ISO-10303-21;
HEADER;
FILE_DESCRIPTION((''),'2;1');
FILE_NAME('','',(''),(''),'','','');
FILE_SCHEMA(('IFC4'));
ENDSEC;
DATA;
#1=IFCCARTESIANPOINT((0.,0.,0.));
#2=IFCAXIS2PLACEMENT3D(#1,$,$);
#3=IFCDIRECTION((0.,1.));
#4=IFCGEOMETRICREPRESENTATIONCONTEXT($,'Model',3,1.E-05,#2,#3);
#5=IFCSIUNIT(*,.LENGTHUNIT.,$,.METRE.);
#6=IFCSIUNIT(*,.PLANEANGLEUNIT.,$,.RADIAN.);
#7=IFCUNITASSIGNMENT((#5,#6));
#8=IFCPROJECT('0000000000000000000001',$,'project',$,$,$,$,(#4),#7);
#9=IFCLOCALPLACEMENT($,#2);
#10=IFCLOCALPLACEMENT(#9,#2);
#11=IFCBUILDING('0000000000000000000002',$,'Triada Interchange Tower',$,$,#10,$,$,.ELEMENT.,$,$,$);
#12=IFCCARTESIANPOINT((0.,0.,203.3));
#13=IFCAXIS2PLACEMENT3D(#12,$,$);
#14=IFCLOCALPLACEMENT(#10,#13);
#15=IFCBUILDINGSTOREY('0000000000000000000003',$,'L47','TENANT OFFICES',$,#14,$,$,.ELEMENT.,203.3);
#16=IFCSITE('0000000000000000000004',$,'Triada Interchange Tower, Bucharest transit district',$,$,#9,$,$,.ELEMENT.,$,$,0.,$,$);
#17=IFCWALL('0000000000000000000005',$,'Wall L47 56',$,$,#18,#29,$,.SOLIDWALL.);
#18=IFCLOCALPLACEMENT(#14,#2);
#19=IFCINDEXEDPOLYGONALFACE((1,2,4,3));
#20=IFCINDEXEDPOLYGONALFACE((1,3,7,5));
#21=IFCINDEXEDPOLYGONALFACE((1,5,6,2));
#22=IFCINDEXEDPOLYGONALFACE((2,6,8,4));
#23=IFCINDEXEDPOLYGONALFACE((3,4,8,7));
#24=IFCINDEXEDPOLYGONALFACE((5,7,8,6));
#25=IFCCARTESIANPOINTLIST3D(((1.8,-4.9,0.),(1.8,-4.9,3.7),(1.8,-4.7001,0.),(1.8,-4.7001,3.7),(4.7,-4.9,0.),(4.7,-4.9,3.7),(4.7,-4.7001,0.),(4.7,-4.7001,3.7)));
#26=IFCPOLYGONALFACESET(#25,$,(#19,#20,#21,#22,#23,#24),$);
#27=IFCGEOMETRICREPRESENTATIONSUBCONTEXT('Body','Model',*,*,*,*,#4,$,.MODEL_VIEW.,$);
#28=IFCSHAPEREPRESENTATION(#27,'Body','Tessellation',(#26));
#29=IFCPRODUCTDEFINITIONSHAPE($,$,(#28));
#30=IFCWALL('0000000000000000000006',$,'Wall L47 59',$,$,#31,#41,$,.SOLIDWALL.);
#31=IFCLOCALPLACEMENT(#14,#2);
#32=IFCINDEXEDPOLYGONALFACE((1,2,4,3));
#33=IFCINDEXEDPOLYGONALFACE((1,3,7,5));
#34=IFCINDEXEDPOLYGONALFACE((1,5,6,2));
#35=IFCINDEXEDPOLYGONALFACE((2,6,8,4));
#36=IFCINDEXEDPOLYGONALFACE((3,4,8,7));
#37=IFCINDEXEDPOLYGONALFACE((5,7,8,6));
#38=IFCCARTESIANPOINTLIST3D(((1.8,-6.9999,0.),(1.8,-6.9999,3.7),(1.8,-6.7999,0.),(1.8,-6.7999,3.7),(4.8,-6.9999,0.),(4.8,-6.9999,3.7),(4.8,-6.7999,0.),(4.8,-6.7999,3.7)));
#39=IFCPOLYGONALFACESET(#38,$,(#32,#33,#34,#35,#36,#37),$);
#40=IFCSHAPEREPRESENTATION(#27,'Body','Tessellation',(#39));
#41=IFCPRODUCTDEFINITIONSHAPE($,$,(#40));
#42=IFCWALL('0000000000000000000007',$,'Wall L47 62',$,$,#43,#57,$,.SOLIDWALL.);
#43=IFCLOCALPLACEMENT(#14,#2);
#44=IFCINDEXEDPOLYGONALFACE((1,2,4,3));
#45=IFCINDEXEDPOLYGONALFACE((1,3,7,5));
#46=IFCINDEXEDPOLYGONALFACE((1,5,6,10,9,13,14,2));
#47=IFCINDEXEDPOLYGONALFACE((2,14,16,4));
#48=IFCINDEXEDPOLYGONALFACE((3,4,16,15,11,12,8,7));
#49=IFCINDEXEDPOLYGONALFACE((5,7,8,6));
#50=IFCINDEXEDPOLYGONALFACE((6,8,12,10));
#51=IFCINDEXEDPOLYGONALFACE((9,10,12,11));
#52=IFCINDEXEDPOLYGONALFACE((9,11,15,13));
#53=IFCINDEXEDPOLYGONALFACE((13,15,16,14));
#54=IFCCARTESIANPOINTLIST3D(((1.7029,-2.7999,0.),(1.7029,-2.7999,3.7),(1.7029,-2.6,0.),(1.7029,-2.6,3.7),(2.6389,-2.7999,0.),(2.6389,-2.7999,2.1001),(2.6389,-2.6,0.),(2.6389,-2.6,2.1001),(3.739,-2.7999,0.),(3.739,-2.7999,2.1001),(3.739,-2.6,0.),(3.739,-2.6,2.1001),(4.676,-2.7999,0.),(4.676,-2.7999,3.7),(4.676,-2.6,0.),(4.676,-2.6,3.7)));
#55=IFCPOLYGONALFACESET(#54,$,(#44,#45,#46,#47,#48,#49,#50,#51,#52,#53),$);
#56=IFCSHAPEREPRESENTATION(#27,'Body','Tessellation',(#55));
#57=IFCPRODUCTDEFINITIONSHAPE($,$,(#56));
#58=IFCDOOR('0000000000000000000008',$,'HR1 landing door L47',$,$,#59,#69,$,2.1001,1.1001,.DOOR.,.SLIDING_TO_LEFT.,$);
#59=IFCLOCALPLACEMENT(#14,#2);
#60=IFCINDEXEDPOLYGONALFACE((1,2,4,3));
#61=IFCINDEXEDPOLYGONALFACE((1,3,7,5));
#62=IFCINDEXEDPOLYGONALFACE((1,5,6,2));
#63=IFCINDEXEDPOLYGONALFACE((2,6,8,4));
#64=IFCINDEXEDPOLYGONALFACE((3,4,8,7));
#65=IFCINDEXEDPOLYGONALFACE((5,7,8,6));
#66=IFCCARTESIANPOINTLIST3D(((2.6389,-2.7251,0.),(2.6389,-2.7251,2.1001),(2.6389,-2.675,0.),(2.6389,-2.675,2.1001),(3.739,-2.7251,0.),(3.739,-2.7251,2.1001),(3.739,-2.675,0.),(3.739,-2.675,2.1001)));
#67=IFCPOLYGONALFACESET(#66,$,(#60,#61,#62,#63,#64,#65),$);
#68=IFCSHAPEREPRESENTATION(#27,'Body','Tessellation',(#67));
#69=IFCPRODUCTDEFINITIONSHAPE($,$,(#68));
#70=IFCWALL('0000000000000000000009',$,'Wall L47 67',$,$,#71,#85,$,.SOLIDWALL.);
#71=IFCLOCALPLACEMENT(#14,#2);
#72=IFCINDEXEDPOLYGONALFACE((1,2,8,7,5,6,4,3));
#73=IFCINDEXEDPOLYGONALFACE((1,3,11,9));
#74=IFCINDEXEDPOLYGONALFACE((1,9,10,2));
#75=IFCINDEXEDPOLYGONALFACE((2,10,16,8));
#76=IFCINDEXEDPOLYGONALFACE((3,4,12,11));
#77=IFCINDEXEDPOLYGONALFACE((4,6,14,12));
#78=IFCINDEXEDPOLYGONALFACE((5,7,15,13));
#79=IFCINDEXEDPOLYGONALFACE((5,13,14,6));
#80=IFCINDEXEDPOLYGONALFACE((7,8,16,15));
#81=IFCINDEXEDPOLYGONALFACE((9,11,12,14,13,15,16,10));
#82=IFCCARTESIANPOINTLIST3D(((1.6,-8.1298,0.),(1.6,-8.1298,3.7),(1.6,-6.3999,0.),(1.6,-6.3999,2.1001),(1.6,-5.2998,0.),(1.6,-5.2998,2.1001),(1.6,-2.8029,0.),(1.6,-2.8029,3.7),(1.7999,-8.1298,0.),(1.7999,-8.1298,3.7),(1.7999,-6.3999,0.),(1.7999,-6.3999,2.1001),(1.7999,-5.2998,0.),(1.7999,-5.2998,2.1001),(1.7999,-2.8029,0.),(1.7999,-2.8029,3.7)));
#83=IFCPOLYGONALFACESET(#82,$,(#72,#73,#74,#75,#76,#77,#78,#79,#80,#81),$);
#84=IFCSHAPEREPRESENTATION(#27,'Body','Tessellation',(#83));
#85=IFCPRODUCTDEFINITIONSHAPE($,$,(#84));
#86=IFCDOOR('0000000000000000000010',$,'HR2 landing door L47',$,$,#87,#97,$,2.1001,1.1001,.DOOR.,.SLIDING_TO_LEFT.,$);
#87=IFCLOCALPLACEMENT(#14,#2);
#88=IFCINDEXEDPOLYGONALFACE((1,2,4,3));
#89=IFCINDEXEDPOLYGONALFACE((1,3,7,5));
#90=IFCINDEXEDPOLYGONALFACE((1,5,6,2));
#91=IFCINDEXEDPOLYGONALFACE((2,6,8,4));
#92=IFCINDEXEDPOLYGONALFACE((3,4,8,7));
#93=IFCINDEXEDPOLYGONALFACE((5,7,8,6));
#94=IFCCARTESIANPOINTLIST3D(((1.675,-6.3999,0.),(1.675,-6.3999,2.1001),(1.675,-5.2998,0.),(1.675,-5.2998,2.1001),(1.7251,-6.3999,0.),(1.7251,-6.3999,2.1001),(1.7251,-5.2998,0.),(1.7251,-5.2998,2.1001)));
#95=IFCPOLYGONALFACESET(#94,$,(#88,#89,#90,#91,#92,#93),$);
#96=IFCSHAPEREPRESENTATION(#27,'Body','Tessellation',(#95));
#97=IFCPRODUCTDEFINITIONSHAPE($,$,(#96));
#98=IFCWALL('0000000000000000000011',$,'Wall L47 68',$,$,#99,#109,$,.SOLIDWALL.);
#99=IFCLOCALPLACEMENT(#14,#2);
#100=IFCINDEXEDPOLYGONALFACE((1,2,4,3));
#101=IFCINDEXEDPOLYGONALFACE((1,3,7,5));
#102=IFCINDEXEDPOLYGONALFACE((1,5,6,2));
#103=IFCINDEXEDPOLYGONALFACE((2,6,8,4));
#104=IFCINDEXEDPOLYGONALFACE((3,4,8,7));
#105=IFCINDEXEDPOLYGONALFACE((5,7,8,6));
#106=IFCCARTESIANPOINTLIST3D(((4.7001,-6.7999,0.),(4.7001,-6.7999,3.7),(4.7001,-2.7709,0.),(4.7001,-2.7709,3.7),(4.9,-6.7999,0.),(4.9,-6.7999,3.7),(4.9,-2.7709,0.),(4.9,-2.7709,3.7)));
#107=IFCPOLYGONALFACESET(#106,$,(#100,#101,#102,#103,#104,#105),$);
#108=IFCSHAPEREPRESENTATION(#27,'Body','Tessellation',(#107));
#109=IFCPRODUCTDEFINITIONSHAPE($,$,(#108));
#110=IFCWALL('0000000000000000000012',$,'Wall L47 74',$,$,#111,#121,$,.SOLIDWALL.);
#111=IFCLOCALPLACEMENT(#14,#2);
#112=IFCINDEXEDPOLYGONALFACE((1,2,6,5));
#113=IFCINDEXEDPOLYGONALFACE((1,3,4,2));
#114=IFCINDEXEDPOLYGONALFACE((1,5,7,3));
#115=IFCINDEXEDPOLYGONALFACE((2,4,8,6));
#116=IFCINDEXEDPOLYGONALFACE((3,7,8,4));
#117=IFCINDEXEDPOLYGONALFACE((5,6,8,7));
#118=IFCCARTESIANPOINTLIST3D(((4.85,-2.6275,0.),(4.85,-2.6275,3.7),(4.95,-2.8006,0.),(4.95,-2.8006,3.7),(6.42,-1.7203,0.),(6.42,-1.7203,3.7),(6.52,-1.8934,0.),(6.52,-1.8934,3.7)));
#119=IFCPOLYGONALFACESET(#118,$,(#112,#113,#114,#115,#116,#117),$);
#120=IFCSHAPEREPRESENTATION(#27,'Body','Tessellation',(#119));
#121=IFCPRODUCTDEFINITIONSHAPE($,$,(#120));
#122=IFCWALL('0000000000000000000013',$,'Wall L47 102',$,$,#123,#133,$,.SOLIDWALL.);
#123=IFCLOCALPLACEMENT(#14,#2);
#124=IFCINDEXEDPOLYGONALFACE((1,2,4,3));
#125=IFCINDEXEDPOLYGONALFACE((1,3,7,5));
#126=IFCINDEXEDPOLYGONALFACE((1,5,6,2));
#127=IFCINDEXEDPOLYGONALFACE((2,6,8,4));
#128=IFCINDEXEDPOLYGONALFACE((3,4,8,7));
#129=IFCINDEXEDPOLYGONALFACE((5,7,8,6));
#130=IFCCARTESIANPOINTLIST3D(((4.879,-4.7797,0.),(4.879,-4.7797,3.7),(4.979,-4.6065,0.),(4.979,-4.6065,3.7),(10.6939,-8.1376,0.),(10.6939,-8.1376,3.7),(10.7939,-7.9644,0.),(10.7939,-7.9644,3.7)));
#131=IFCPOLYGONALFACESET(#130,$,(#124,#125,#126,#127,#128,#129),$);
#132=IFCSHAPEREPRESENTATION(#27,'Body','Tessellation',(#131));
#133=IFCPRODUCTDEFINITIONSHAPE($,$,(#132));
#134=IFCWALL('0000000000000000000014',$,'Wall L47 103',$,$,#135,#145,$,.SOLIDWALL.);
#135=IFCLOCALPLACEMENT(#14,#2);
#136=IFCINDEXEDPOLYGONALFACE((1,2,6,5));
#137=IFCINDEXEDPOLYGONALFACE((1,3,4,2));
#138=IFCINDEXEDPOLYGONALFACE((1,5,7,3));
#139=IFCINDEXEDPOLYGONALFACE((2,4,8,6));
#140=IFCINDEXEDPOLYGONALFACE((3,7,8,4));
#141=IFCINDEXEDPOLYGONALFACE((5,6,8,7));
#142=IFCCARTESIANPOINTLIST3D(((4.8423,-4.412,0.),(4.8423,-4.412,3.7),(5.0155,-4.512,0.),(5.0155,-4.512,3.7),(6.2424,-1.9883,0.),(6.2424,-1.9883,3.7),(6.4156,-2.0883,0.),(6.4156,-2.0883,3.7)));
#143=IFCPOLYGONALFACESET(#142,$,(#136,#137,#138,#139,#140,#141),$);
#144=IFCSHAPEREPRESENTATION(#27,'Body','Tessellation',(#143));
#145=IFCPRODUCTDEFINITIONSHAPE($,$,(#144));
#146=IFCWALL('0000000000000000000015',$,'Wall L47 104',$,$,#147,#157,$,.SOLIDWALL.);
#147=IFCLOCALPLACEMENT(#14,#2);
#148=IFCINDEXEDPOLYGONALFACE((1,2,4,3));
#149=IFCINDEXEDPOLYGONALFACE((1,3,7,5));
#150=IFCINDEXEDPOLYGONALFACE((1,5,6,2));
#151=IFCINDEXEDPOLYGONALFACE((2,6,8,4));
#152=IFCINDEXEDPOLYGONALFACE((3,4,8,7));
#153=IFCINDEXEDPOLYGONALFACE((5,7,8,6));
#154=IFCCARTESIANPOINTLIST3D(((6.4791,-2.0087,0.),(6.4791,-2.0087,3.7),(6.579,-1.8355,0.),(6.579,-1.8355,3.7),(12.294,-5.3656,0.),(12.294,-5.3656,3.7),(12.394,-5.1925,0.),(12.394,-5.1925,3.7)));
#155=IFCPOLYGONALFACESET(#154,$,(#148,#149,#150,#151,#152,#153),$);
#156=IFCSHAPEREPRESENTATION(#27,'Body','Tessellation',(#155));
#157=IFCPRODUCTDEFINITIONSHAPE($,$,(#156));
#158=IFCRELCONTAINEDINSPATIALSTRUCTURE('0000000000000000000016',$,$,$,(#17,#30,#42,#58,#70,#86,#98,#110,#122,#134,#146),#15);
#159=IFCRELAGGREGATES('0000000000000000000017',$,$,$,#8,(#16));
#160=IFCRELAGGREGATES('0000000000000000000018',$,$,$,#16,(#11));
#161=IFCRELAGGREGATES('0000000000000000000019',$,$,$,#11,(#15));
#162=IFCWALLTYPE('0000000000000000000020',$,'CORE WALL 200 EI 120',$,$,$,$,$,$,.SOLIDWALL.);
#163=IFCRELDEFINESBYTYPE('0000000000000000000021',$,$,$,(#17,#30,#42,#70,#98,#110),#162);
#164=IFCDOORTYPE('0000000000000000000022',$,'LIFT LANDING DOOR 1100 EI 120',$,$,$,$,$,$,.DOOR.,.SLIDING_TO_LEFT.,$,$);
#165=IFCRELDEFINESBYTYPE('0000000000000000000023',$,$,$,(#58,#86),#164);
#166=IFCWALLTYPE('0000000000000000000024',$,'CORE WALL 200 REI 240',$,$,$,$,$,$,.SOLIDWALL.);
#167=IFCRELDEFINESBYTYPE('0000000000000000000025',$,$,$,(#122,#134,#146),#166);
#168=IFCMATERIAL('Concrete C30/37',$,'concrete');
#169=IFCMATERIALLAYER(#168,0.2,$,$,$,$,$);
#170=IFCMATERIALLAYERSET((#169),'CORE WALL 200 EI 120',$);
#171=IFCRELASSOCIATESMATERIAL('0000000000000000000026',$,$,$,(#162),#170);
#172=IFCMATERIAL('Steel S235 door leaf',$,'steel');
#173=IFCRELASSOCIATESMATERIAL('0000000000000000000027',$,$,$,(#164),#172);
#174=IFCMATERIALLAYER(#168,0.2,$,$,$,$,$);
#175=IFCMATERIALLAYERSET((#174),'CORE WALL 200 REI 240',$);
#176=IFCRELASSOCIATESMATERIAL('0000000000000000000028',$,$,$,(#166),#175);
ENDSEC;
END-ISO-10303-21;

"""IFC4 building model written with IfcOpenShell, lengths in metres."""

from ifc_helpers import new_model, si_unit, direction, frame, frame_2d, origin, place, context, subcontext, project, spatial, rectangle, extrude, material, layer, layer_set, type_object, element, fill, save


model = new_model("IFC4")

# Units and contexts
model_context = context("Model", 3, precision=1e-05, world=origin(), true_north=direction((0.0, 1.0)))
body_context = subcontext(model_context, "Body", "Model", "MODEL_VIEW")
ifc_project = project(units=[si_unit("LENGTHUNIT", "METRE"), si_unit("PLANEANGLEUNIT", "RADIAN")], contexts=[model_context])

# Site, building, storey
site_placement = place(None, origin())
site = spatial("IfcSite", under=ifc_project, at=site_placement, Name="Triada Interchange Tower, Bucharest transit district", CompositionType="ELEMENT", RefElevation=0.0)
building_placement = place(site_placement, origin())
building = spatial("IfcBuilding", under=site, at=building_placement, Name="Triada Interchange Tower", CompositionType="ELEMENT")
storey_placement = place(building_placement, frame((0.0, 0.0, 203.3)))
storey = spatial("IfcBuildingStorey", under=building, at=storey_placement, Name="L47", Description="TENANT OFFICES", CompositionType="ELEMENT", Elevation=203.3)

# Walls
ifc_material_1 = material(Name="Concrete C30/37", Category="concrete")
ifc_layer_1 = layer(ifc_material_1, 0.2)
ifc_layer_set_1 = layer_set([ifc_layer_1], Name="CORE WALL 200 EI 120")
wall_type_1 = type_object("IfcWallType", Name="CORE WALL 200 EI 120", PredefinedType="SOLIDWALL", material=ifc_layer_set_1)
wall_1_placement = place(storey_placement, frame((1.8, -4.8, 0.0), z_axis=(0.0, 0.0, 1.0), x_axis=(1.0, 0.0, 0.0)))
element("IfcWall", 1, at=wall_1_placement, inside=storey, type_object=wall_type_1, Name="Wall L47 56", PredefinedType="SOLIDWALL", context=body_context, shape_type="SweptSolid", body=[
    extrude(rectangle(XDim=2.8999, YDim=0.2, at=frame_2d((1.45, 0.0))), origin(), (0.0, 0.0, 1.0), 3.7),
])
wall_2_placement = place(storey_placement, frame((1.8, -6.8999, 0.0), z_axis=(0.0, 0.0, 1.0), x_axis=(1.0, 0.0, 0.0)))
element("IfcWall", 2, at=wall_2_placement, inside=storey, type_object=wall_type_1, Name="Wall L47 59", PredefinedType="SOLIDWALL", context=body_context, shape_type="SweptSolid", body=[
    extrude(rectangle(XDim=3.0, YDim=0.2, at=frame_2d((1.5, 0.0))), origin(), (0.0, 0.0, 1.0), 3.7),
])

# Walls, openings, doors
wall_3_placement = place(storey_placement, frame((1.7029, -2.7, 0.0), z_axis=(0.0, 0.0, 1.0), x_axis=(1.0, 0.0, 0.0)))
wall_3 = element("IfcWall", 3, at=wall_3_placement, inside=storey, type_object=wall_type_1, Name="Wall L47 62", PredefinedType="SOLIDWALL", context=body_context, shape_type="SweptSolid", body=[
    extrude(rectangle(XDim=2.9731, YDim=0.2, at=frame_2d((1.4866, 0.0))), origin(), (0.0, 0.0, 1.0), 3.7),
])
opening_1_placement = place(wall_3_placement, frame((0.936, 0.0, 0.0)))
opening_1 = element("IfcOpeningElement", 4, at=opening_1_placement, cuts=wall_3, PredefinedType="OPENING", context=body_context, shape_type="SweptSolid", body=[
    extrude(rectangle(XDim=1.1001, YDim=2.1001, at=frame_2d((0.55, 1.05))), frame((0.0, 0.1099, 0.0), z_axis=(0.0, -1.0, 0.0), x_axis=(1.0, 0.0, 0.0)), (0.0, 0.0, 1.0), 0.22),
])
ifc_material_2 = material(Name="Steel S235 door leaf", Category="steel")
door_type_1 = type_object("IfcDoorType", Name="LIFT LANDING DOOR 1100 EI 120", OperationType="SLIDING_TO_LEFT", PredefinedType="DOOR", material=ifc_material_2)
door_1_placement = place(opening_1_placement, origin())
door_1 = element("IfcDoor", 5, at=door_1_placement, inside=storey, type_object=door_type_1, Name="HR1 landing door L47", OperationType="SLIDING_TO_LEFT", OverallHeight=2.1001, OverallWidth=1.1001, PredefinedType="DOOR", context=body_context, shape_type="SweptSolid", body=[
    extrude(rectangle(XDim=1.1001, YDim=2.1001, at=frame_2d((0.55, 1.05))), frame((0.0, 0.0249, 0.0), z_axis=(0.0, -1.0, 0.0), x_axis=(1.0, 0.0, 0.0)), (0.0, 0.0, 1.0), 0.05),
])
fill(opening_1, door_1)
wall_4_placement = place(storey_placement, frame((1.7, -8.1299, 0.0), z_axis=(0.0, 0.0, 1.0), x_axis=(0.0, 1.0, 0.0)))
wall_4 = element("IfcWall", 6, at=wall_4_placement, inside=storey, type_object=wall_type_1, Name="Wall L47 67", PredefinedType="SOLIDWALL", context=body_context, shape_type="SweptSolid", body=[
    extrude(rectangle(XDim=5.3269, YDim=0.2, at=frame_2d((2.6636, 0.0))), origin(), (0.0, 0.0, 1.0), 3.7),
])
opening_2_placement = place(wall_4_placement, frame((1.73, 0.0, 0.0)))
opening_2 = element("IfcOpeningElement", 7, at=opening_2_placement, cuts=wall_4, PredefinedType="OPENING", context=body_context, shape_type="SweptSolid", body=[
    extrude(rectangle(XDim=1.1001, YDim=2.1001, at=frame_2d((0.55, 1.05))), frame((0.0, 0.1099, 0.0), z_axis=(0.0, -1.0, 0.0), x_axis=(1.0, 0.0, 0.0)), (0.0, 0.0, 1.0), 0.22),
])
door_2_placement = place(opening_2_placement, origin())
door_2 = element("IfcDoor", 8, at=door_2_placement, inside=storey, type_object=door_type_1, Name="HR2 landing door L47", OperationType="SLIDING_TO_LEFT", OverallHeight=2.1001, OverallWidth=1.1001, PredefinedType="DOOR", context=body_context, shape_type="SweptSolid", body=[
    extrude(rectangle(XDim=1.1001, YDim=2.1001, at=frame_2d((0.55, 1.05))), frame((0.0, 0.0249, 0.0), z_axis=(0.0, -1.0, 0.0), x_axis=(1.0, 0.0, 0.0)), (0.0, 0.0, 1.0), 0.05),
])
fill(opening_2, door_2)

# Walls
wall_5_placement = place(storey_placement, frame((4.8, -6.8, 0.0), z_axis=(0.0, 0.0, 1.0), x_axis=(0.0, 1.0, 0.0)))
element("IfcWall", 9, at=wall_5_placement, inside=storey, type_object=wall_type_1, Name="Wall L47 68", PredefinedType="SOLIDWALL", context=body_context, shape_type="SweptSolid", body=[
    extrude(rectangle(XDim=4.0291, YDim=0.2, at=frame_2d((2.0146, 0.0))), origin(), (0.0, 0.0, 1.0), 3.7),
])
wall_6_placement = place(storey_placement, frame((4.8999, -2.7141, 0.0), z_axis=(0.0, 0.0, 1.0), x_axis=(0.865847, 0.500309, 0.0)))
element("IfcWall", 10, at=wall_6_placement, inside=storey, type_object=wall_type_1, Name="Wall L47 74", PredefinedType="SOLIDWALL", context=body_context, shape_type="SweptSolid", body=[
    extrude(rectangle(XDim=1.8132, YDim=0.2, at=frame_2d((0.9067, 0.0))), origin(), (0.0, 0.0, 1.0), 3.7),
])
ifc_layer_2 = layer(ifc_material_1, 0.2)
ifc_layer_set_2 = layer_set([ifc_layer_2], Name="CORE WALL 200 REI 240")
wall_type_2 = type_object("IfcWallType", Name="CORE WALL 200 REI 240", PredefinedType="SOLIDWALL", material=ifc_layer_set_2)
wall_7_placement = place(storey_placement, frame((4.929, -4.6931, 0.0), z_axis=(0.0, 0.0, 1.0), x_axis=(0.865983, -0.500073, 0.0)))
element("IfcWall", 11, at=wall_7_placement, inside=storey, type_object=wall_type_2, Name="Wall L47 102", PredefinedType="SOLIDWALL", context=body_context, shape_type="SweptSolid", body=[
    extrude(rectangle(XDim=6.7148, YDim=0.2, at=frame_2d((3.3574, 0.0))), origin(), (0.0, 0.0, 1.0), 3.7),
])
wall_8_placement = place(storey_placement, frame((4.929, -4.4619, 0.0), z_axis=(0.0, 0.0, 1.0), x_axis=(0.500201, 0.86591, 0.0)))
element("IfcWall", 12, at=wall_8_placement, inside=storey, type_object=wall_type_2, Name="Wall L47 103", PredefinedType="SOLIDWALL", context=body_context, shape_type="SweptSolid", body=[
    extrude(rectangle(XDim=2.7991, YDim=0.2, at=frame_2d((1.3994, 0.0))), origin(), (0.0, 0.0, 1.0), 3.7),
])
wall_9_placement = place(storey_placement, frame((6.5291, -1.9221, 0.0), z_axis=(0.0, 0.0, 1.0), x_axis=(0.866046, -0.499964, 0.0)))
element("IfcWall", 13, at=wall_9_placement, inside=storey, type_object=wall_type_2, Name="Wall L47 104", PredefinedType="SOLIDWALL", context=body_context, shape_type="SweptSolid", body=[
    extrude(rectangle(XDim=6.7144, YDim=0.2, at=frame_2d((3.3572, 0.0))), origin(), (0.0, 0.0, 1.0), 3.7),
])

save(model, "model.ifc")
